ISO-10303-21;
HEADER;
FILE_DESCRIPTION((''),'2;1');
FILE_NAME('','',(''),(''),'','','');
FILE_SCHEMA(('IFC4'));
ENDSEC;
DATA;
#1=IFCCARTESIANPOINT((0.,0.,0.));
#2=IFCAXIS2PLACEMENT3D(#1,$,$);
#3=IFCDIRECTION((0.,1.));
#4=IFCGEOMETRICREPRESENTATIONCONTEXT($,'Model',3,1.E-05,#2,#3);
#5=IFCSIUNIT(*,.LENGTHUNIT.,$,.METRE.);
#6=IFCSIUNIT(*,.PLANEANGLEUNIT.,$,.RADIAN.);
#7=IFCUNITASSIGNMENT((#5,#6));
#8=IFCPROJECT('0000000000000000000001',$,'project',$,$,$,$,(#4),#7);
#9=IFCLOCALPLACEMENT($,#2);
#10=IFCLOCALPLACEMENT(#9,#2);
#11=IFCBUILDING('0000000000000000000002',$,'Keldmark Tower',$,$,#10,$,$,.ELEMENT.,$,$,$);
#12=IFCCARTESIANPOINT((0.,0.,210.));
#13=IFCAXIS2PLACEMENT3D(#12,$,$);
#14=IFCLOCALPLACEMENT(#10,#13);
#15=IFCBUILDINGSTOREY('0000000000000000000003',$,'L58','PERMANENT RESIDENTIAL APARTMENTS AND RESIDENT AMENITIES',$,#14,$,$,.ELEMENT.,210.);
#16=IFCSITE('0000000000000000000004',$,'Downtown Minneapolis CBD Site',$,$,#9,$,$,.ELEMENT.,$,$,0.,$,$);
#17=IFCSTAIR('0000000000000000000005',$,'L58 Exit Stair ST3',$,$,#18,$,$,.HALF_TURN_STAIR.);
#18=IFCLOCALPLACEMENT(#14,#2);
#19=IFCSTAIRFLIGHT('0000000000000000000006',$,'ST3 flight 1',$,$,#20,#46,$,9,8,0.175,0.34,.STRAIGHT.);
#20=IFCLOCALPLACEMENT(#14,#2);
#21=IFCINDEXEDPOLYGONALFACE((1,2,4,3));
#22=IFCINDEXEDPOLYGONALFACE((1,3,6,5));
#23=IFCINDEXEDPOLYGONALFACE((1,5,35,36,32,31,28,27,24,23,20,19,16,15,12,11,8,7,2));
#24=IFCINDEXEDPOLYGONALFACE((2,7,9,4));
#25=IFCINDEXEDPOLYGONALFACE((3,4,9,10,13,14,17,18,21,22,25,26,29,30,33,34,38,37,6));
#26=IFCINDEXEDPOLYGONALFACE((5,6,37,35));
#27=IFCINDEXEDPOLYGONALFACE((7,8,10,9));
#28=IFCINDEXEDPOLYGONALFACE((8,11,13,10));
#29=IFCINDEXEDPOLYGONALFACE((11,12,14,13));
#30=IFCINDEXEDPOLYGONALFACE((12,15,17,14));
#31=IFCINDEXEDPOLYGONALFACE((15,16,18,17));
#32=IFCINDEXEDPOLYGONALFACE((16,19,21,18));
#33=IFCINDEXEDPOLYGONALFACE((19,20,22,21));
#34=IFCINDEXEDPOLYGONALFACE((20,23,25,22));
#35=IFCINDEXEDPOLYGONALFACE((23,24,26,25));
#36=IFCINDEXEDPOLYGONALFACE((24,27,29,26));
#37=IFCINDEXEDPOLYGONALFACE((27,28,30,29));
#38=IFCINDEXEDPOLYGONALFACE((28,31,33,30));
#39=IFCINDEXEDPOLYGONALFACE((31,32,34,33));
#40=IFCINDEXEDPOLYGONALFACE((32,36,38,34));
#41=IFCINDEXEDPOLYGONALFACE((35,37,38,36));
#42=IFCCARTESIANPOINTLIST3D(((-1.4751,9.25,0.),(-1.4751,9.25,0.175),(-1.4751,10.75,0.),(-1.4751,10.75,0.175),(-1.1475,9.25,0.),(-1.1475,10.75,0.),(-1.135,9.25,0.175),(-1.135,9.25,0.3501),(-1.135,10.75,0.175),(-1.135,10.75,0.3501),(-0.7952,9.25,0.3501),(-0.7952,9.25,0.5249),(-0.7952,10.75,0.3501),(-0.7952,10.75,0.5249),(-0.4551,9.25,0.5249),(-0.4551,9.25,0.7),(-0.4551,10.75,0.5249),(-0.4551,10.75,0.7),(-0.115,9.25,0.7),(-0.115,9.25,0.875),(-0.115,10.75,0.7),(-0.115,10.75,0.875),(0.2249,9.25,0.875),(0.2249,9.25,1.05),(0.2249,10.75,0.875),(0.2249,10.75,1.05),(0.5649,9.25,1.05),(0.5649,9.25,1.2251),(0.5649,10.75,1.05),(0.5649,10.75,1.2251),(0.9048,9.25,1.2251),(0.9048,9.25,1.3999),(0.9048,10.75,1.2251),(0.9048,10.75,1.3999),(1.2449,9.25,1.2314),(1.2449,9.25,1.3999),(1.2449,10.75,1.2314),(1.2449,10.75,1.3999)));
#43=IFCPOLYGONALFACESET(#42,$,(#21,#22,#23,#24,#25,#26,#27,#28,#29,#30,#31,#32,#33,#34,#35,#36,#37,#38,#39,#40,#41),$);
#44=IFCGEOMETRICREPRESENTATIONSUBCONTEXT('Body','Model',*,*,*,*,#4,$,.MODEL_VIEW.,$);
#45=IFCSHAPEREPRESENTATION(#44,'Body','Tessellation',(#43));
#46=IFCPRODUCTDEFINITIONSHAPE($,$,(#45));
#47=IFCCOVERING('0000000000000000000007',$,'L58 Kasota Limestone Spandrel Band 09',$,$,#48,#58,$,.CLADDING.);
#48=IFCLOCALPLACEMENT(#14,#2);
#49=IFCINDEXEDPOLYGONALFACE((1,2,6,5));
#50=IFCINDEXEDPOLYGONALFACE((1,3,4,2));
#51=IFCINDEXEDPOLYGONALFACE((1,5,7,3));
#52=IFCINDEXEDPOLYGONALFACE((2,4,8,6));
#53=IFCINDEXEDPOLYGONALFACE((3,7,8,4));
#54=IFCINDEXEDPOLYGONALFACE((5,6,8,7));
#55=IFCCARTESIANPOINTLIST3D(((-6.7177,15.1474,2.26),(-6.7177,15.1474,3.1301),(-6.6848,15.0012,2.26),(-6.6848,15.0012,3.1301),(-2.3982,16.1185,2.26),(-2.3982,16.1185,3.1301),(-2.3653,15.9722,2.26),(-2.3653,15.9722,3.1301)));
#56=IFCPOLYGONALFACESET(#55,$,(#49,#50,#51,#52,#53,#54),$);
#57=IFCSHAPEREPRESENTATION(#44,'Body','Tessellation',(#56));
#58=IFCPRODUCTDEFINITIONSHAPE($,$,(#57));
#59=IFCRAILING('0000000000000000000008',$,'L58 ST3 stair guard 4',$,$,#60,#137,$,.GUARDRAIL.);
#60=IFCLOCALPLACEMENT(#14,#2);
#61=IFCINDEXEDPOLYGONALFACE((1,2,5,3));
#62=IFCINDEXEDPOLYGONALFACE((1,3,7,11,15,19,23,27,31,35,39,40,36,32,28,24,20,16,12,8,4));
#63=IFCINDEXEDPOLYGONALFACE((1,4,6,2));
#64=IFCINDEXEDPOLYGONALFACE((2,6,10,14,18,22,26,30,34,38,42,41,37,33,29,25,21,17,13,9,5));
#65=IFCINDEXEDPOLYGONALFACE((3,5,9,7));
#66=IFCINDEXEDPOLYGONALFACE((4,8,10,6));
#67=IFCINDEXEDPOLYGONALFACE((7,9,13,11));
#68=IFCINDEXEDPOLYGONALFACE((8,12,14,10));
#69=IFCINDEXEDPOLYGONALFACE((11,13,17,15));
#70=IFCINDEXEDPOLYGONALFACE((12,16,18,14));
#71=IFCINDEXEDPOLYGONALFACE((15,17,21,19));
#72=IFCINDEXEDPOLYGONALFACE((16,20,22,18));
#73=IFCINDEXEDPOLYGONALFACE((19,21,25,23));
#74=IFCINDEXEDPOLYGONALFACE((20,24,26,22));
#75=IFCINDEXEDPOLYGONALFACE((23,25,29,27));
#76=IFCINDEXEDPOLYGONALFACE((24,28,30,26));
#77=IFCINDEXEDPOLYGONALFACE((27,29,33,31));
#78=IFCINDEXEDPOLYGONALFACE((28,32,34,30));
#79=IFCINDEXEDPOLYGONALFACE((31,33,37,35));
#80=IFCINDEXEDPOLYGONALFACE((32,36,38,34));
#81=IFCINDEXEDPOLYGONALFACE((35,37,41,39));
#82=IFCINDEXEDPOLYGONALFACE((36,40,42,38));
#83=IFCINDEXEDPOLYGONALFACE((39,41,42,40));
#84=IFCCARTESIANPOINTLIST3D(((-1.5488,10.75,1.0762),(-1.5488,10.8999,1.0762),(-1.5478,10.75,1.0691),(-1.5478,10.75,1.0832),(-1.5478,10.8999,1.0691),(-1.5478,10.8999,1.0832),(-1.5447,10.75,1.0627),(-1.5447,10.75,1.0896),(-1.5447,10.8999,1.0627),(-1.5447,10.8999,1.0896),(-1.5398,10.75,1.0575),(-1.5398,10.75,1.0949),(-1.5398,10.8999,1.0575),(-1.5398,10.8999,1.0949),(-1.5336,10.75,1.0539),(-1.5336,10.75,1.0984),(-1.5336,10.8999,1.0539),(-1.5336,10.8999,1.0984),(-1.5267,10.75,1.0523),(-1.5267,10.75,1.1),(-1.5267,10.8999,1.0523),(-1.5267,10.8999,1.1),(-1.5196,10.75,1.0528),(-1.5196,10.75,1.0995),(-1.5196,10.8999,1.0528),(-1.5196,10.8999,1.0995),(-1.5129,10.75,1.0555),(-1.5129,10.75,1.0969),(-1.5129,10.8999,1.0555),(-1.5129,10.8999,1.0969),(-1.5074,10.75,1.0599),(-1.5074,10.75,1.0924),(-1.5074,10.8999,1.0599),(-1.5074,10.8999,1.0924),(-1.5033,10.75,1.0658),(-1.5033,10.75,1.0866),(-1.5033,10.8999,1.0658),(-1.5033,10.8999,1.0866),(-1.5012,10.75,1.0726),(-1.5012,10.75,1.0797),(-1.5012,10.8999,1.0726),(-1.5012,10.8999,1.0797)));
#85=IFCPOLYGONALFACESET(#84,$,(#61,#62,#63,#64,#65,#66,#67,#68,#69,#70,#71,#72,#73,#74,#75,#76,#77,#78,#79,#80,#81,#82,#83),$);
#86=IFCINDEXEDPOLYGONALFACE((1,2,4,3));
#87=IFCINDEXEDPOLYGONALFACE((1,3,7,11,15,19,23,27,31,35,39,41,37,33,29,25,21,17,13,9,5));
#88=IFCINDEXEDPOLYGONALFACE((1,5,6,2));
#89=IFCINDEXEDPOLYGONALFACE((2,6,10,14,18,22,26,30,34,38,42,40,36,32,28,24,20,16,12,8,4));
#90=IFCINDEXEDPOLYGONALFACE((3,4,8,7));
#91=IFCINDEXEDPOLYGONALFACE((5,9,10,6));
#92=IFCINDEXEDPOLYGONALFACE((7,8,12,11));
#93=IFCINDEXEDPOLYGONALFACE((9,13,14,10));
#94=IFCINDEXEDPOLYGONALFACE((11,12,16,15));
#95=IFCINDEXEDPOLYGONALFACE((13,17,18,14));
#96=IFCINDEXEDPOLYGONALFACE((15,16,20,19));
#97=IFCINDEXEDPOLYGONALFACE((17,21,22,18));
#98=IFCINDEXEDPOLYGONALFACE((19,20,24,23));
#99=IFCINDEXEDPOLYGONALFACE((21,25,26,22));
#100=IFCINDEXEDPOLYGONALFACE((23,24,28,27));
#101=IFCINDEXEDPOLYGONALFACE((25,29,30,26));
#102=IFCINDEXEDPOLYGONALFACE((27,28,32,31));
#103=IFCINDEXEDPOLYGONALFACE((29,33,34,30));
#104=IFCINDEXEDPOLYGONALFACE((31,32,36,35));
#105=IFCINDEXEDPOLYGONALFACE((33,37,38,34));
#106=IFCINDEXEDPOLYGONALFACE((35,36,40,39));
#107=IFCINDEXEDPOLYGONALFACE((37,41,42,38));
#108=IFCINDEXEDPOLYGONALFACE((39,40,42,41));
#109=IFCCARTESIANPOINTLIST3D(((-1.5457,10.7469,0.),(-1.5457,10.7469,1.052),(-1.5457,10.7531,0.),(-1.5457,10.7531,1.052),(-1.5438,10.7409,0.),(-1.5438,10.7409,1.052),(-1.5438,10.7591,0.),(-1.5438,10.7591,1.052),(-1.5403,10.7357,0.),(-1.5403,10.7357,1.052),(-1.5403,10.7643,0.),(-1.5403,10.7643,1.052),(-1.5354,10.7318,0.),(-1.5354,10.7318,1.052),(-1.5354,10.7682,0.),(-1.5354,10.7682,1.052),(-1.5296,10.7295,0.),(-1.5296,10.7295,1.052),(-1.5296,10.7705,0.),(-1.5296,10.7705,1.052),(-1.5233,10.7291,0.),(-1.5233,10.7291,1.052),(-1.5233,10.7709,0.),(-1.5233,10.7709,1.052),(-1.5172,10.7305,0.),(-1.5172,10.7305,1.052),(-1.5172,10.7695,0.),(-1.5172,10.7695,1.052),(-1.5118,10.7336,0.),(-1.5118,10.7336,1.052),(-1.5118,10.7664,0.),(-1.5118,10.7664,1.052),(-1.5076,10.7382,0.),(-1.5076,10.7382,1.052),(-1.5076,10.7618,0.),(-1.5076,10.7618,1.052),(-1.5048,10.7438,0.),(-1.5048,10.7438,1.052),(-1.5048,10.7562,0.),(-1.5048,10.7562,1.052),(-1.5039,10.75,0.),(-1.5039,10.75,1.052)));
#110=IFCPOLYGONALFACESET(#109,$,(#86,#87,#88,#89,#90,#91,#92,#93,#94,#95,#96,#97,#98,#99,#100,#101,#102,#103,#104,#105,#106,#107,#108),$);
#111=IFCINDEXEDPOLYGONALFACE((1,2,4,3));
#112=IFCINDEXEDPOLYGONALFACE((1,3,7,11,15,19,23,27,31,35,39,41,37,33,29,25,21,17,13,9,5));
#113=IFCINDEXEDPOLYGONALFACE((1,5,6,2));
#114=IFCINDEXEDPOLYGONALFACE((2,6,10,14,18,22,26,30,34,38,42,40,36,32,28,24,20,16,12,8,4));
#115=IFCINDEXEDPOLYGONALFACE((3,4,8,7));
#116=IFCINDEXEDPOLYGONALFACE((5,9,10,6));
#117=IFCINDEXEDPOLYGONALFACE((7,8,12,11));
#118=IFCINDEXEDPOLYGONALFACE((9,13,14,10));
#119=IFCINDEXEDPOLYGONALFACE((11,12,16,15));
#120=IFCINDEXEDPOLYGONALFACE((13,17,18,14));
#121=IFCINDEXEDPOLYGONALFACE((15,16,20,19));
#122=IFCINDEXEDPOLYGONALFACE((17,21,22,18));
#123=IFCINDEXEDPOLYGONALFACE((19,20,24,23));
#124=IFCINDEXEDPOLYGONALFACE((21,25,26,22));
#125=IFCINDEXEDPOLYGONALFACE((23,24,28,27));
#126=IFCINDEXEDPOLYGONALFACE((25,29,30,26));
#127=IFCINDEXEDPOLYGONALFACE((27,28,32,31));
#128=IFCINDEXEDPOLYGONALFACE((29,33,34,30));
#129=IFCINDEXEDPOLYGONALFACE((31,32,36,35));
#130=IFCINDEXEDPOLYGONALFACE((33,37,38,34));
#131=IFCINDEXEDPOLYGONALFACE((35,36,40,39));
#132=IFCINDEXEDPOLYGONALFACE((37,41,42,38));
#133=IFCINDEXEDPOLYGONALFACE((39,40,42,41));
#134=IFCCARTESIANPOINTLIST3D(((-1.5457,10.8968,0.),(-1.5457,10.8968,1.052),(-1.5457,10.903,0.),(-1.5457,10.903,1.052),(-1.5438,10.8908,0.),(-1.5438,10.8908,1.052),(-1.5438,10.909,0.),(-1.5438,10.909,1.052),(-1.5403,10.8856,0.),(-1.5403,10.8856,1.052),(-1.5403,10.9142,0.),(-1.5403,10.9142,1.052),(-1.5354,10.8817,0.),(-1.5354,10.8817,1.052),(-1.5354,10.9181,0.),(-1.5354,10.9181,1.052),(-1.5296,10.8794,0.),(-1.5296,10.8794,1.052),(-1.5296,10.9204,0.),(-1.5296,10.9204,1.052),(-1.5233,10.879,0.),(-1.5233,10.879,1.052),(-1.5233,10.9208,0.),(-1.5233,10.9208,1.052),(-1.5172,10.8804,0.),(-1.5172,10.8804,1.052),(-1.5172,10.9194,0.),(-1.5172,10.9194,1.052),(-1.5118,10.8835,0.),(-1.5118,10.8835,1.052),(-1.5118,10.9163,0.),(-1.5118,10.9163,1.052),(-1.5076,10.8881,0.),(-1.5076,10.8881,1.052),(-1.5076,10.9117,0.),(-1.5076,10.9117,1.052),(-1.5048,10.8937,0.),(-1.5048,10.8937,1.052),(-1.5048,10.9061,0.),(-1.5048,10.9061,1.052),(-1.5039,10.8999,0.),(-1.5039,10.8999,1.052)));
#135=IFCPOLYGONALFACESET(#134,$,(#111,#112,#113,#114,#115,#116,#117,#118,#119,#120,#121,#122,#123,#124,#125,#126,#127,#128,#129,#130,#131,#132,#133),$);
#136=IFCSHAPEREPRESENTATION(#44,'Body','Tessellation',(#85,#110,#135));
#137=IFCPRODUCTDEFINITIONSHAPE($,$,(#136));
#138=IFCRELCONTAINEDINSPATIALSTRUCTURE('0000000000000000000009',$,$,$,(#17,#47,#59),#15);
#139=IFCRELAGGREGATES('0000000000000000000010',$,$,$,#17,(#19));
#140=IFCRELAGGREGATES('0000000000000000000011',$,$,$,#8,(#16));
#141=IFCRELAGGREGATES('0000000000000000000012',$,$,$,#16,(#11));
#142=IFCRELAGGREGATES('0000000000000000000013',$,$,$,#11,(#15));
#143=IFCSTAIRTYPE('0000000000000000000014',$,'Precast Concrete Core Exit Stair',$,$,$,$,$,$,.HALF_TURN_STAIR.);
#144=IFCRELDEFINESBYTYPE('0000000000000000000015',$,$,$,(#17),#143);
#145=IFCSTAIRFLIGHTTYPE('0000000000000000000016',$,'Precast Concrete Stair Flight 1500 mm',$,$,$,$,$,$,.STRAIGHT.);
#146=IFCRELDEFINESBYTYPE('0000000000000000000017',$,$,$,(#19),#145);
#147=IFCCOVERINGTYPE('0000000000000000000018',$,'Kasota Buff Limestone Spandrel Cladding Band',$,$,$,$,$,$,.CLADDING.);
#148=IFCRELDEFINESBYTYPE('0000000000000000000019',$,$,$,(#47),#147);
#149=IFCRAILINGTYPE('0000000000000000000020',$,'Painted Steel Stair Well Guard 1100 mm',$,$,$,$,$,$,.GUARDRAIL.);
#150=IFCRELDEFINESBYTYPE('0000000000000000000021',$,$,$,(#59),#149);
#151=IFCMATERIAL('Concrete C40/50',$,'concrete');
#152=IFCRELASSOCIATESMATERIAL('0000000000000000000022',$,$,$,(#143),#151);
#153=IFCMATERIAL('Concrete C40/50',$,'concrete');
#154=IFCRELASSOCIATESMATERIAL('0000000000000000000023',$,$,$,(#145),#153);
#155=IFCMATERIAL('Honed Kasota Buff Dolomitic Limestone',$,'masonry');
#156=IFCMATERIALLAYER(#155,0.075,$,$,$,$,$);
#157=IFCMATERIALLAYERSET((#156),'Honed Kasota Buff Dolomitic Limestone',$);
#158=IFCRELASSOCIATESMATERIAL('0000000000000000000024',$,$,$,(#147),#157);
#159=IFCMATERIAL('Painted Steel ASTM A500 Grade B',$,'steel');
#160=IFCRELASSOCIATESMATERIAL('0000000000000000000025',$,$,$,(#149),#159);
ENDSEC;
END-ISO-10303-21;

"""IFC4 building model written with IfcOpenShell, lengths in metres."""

from ifc_helpers import new_model, si_unit, direction, frame, origin, origin_2d, place, context, subcontext, project, spatial, polyline, rectangle, circle, outline, extrude, material, layer, layer_set, type_object, element, aggregate, save


model = new_model("IFC4")

# Units and contexts
model_context = context("Model", 3, precision=1e-05, world=origin(), true_north=direction((0.0, 1.0)))
body_context = subcontext(model_context, "Body", "Model", "MODEL_VIEW")
ifc_project = project(units=[si_unit("LENGTHUNIT", "METRE"), si_unit("PLANEANGLEUNIT", "RADIAN")], contexts=[model_context])

# Site, building, storey
site_placement = place(None, origin())
site = spatial("IfcSite", under=ifc_project, at=site_placement, Name="Downtown Minneapolis CBD Site", CompositionType="ELEMENT", RefElevation=0.0)
building_placement = place(site_placement, origin())
building = spatial("IfcBuilding", under=site, at=building_placement, Name="Keldmark Tower", CompositionType="ELEMENT")
storey_placement = place(building_placement, frame((0.0, 0.0, 210.0)))
storey = spatial("IfcBuildingStorey", under=building, at=storey_placement, Name="L58", Description="PERMANENT RESIDENTIAL APARTMENTS AND RESIDENT AMENITIES", CompositionType="ELEMENT", Elevation=210.0)

# Stair, stair flight
ifc_material_1 = material(Name="Concrete C40/50", Category="concrete")
stair_type = type_object("IfcStairType", Name="Precast Concrete Core Exit Stair", PredefinedType="HALF_TURN_STAIR", material=ifc_material_1)
stair_placement = place(storey_placement, origin())
stair = element("IfcStair", 1, at=stair_placement, inside=storey, type_object=stair_type, Name="L58 Exit Stair ST3", PredefinedType="HALF_TURN_STAIR")
ifc_material_2 = material(Name="Concrete C40/50", Category="concrete")
stair_flight_type = type_object("IfcStairFlightType", Name="Precast Concrete Stair Flight 1500 mm", PredefinedType="STRAIGHT", material=ifc_material_2)
stair_flight_placement = place(storey_placement, frame((-1.4751, 10.0, 0.0), z_axis=(0.0, 0.0, 1.0), x_axis=(1.0, 0.0, 0.0)))
stair_flight = element("IfcStairFlight", 2, at=stair_flight_placement, type_object=stair_flight_type, Name="ST3 flight 1", NumberOfRisers=9, NumberOfTreads=8, PredefinedType="STRAIGHT", RiserHeight=0.175, TreadLength=0.34, context=body_context, shape_type="SweptSolid", body=[
    extrude(outline(polyline([(0.0, 0.0), (0.0, 0.175), (0.3401, 0.175), (0.3401, 0.3501), (0.6799, 0.3501), (0.6799, 0.5249), (1.02, 0.5249), (1.02, 0.7), (1.3601, 0.7), (1.3601, 0.875), (1.7, 0.875), (1.7, 1.05), (2.04, 1.05), (2.04, 1.2251), (2.3799, 1.2251), (2.3799, 1.3999), (2.72, 1.3999), (2.72, 1.575), (2.72, 1.2314), (0.3276, 0.0), (0.0, 0.0)])), frame((0.0, 0.75, 0.0), z_axis=(0.0, -1.0, 0.0), x_axis=(1.0, 0.0, 0.0)), (0.0, 0.0, 1.0), 1.5),
])
aggregate(stair, [stair_flight])

# Covering
ifc_material_3 = material(Name="Honed Kasota Buff Dolomitic Limestone", Category="masonry")
ifc_layer_1 = layer(ifc_material_3, 0.075)
ifc_layer_set_1 = layer_set([ifc_layer_1], Name="Honed Kasota Buff Dolomitic Limestone")
covering_type = type_object("IfcCoveringType", Name="Kasota Buff Limestone Spandrel Cladding Band", PredefinedType="CLADDING", material=ifc_layer_set_1)
covering_placement = place(storey_placement, frame((-4.5415, 15.5598, 2.26), z_axis=(0.0, 0.0, 1.0), x_axis=(-0.97565, -0.219335, 0.0)))
element("IfcCovering", 3, at=covering_placement, inside=storey, type_object=covering_type, Name="L58 Kasota Limestone Spandrel Band 09", PredefinedType="CLADDING", context=body_context, shape_type="SweptSolid", body=[
    extrude(rectangle(XDim=4.4272, YDim=0.1499, at=origin_2d()), origin(), (0.0, 0.0, 1.0), 0.8701),
])

# Railing
ifc_material_4 = material(Name="Painted Steel ASTM A500 Grade B", Category="steel")
railing_type = type_object("IfcRailingType", Name="Painted Steel Stair Well Guard 1100 mm", PredefinedType="GUARDRAIL", material=ifc_material_4)
railing_placement = place(storey_placement, frame((-1.5249, 10.75, 0.0)))
element("IfcRailing", 4, at=railing_placement, inside=storey, type_object=railing_type, Name="L58 ST3 stair guard 4", PredefinedType="GUARDRAIL", context=body_context, shape_type="SweptSolid", body=[
    extrude(circle(Radius=0.0239, at=origin_2d()), frame((0.0, 0.0, 1.0762), z_axis=(0.0, 1.0, 0.0), x_axis=(-1.0, 0.0, 0.0)), (0.0, 0.0, 1.0), 0.1499),
    extrude(circle(Radius=0.021, at=origin_2d()), origin(), (0.0, 0.0, 1.0), 1.052),
    extrude(circle(Radius=0.021, at=origin_2d()), frame((0.0, 0.1499, 0.0)), (0.0, 0.0, 1.0), 1.052),
])

save(model, "model.ifc")
